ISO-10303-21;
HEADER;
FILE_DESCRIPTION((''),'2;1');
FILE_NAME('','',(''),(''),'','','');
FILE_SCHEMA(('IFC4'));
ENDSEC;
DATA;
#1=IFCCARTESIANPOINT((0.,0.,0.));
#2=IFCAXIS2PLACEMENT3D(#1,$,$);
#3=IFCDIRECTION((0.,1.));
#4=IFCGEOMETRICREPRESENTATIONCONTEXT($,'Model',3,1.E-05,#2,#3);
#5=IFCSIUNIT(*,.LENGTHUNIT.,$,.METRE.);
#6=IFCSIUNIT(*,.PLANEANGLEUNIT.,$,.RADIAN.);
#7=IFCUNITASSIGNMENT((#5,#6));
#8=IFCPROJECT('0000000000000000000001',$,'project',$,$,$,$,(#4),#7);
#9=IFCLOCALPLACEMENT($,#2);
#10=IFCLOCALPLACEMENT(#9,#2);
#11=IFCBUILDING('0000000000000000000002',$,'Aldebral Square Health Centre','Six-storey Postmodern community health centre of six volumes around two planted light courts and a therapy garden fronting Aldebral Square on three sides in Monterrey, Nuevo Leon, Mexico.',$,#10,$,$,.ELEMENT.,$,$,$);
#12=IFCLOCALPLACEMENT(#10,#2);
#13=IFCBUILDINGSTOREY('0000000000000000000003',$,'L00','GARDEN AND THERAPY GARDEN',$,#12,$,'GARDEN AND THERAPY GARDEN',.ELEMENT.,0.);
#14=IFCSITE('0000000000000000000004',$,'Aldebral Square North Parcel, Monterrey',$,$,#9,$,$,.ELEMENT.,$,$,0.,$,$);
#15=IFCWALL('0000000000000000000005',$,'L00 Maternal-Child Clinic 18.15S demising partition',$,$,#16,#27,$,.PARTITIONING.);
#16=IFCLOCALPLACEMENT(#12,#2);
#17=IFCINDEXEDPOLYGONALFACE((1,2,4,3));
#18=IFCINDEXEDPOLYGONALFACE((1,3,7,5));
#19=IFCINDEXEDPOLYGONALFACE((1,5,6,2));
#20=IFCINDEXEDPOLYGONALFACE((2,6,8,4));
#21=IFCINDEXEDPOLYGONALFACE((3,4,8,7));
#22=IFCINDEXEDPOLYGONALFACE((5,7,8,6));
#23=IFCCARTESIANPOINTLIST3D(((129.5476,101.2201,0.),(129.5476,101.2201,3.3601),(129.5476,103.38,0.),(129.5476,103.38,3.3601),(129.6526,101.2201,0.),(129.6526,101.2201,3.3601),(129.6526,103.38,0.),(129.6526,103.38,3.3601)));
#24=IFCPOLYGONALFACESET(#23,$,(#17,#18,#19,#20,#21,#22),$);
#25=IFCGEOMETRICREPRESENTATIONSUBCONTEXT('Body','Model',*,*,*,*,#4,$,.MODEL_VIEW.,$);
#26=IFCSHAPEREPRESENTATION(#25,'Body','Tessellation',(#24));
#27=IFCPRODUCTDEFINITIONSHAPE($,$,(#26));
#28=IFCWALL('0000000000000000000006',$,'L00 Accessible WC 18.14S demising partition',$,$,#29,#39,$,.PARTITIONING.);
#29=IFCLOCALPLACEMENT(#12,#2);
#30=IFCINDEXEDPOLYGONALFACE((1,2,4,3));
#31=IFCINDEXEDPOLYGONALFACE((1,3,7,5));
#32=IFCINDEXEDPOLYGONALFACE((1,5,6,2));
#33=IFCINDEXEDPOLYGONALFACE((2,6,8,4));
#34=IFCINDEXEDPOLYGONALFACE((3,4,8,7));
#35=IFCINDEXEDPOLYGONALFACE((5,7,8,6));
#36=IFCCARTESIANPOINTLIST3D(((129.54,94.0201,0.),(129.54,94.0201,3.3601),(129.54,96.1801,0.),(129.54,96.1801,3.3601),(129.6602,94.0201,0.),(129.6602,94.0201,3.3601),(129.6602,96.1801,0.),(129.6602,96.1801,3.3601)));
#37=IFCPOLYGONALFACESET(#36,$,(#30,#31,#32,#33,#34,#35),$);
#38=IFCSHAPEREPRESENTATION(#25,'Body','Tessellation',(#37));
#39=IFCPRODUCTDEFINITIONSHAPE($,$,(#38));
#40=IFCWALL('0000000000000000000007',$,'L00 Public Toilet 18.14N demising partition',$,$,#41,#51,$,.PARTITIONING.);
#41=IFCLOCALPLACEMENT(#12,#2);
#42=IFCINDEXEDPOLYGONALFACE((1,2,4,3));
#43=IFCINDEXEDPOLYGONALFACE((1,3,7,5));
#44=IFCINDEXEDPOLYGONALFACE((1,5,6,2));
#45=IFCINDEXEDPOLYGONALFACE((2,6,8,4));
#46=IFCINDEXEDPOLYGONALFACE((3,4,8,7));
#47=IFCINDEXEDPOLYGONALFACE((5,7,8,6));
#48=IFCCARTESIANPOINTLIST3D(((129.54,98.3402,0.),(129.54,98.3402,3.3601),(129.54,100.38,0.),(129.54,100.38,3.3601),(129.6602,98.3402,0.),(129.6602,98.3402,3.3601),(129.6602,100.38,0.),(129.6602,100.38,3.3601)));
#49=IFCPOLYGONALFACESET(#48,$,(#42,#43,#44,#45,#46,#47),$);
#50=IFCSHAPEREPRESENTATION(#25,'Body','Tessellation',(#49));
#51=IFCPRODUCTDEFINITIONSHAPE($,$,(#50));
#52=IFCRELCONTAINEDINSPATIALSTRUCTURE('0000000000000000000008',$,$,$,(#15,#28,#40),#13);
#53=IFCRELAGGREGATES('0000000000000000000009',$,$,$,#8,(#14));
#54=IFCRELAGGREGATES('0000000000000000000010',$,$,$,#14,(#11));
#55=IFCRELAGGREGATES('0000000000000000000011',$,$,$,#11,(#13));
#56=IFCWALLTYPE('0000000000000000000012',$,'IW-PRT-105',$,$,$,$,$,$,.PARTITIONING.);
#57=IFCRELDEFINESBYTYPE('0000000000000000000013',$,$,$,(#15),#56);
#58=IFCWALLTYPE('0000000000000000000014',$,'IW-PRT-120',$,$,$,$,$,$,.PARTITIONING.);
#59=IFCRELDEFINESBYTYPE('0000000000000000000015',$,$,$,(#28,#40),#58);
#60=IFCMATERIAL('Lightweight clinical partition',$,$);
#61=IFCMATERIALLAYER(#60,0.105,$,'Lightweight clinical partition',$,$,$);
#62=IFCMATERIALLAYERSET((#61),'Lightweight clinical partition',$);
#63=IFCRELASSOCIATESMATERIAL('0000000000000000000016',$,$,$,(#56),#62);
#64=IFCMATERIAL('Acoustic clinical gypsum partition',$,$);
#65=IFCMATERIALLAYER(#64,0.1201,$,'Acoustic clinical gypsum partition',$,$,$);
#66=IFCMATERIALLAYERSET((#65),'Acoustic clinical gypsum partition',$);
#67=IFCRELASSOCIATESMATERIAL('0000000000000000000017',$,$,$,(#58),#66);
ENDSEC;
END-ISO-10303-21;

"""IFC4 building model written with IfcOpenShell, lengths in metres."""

from ifc_helpers import new_model, si_unit, direction, frame, frame_2d, origin, place, context, subcontext, project, spatial, rectangle, extrude, material, layer, layer_set, type_object, element, save


model = new_model("IFC4")

# Units and contexts
model_context = context("Model", 3, precision=1e-05, world=origin(), true_north=direction((0.0, 1.0)))
body_context = subcontext(model_context, "Body", "Model", "MODEL_VIEW")
ifc_project = project(units=[si_unit("LENGTHUNIT", "METRE"), si_unit("PLANEANGLEUNIT", "RADIAN")], contexts=[model_context])

# Site, building, storey
site_placement = place(None, origin())
site = spatial("IfcSite", under=ifc_project, at=site_placement, Name="Aldebral Square North Parcel, Monterrey", CompositionType="ELEMENT", RefElevation=0.0)
building_placement = place(site_placement, origin())
building = spatial("IfcBuilding", under=site, at=building_placement, Name="Aldebral Square Health Centre", Description="Six-storey Postmodern community health centre of six volumes around two planted light courts and a therapy garden fronting Aldebral Square on three sides in Monterrey, Nuevo Leon, Mexico.", CompositionType="ELEMENT")
storey_placement = place(building_placement, origin())
storey = spatial("IfcBuildingStorey", under=building, at=storey_placement, Name="L00", Description="GARDEN AND THERAPY GARDEN", LongName="GARDEN AND THERAPY GARDEN", CompositionType="ELEMENT", Elevation=0.0)

# Walls
ifc_material_1 = material(Name="Lightweight clinical partition")
ifc_layer_1 = layer(ifc_material_1, 0.105, Name="Lightweight clinical partition")
ifc_layer_set_1 = layer_set([ifc_layer_1], Name="Lightweight clinical partition")
wall_type_1 = type_object("IfcWallType", Name="IW-PRT-105", PredefinedType="PARTITIONING", material=ifc_layer_set_1)
wall_1_placement = place(storey_placement, frame((129.6001, 101.22, 0.0), z_axis=(0.0, 0.0, 1.0), x_axis=(0.0, 1.0, 0.0)))
element("IfcWall", 1, at=wall_1_placement, inside=storey, type_object=wall_type_1, Name="L00 Maternal-Child Clinic 18.15S demising partition", PredefinedType="PARTITIONING", context=body_context, shape_type="SweptSolid", body=[
    extrude(rectangle(XDim=2.1599, YDim=0.105, at=frame_2d((1.0801, 0.0))), origin(), (0.0, 0.0, 1.0), 3.3601),
])
ifc_material_2 = material(Name="Acoustic clinical gypsum partition")
ifc_layer_2 = layer(ifc_material_2, 0.1201, Name="Acoustic clinical gypsum partition")
ifc_layer_set_2 = layer_set([ifc_layer_2], Name="Acoustic clinical gypsum partition")
wall_type_2 = type_object("IfcWallType", Name="IW-PRT-120", PredefinedType="PARTITIONING", material=ifc_layer_set_2)
wall_2_placement = place(storey_placement, frame((129.6001, 94.02, 0.0), z_axis=(0.0, 0.0, 1.0), x_axis=(0.0, 1.0, 0.0)))
element("IfcWall", 2, at=wall_2_placement, inside=storey, type_object=wall_type_2, Name="L00 Accessible WC 18.14S demising partition", PredefinedType="PARTITIONING", context=body_context, shape_type="SweptSolid", body=[
    extrude(rectangle(XDim=2.1599, YDim=0.1201, at=frame_2d((1.0801, 0.0))), origin(), (0.0, 0.0, 1.0), 3.3601),
])
wall_3_placement = place(storey_placement, frame((129.6001, 98.3401, 0.0), z_axis=(0.0, 0.0, 1.0), x_axis=(0.0, 1.0, 0.0)))
element("IfcWall", 3, at=wall_3_placement, inside=storey, type_object=wall_type_2, Name="L00 Public Toilet 18.14N demising partition", PredefinedType="PARTITIONING", context=body_context, shape_type="SweptSolid", body=[
    extrude(rectangle(XDim=2.0398, YDim=0.1201, at=frame_2d((1.02, 0.0))), origin(), (0.0, 0.0, 1.0), 3.3601),
])

save(model, "model.ifc")
